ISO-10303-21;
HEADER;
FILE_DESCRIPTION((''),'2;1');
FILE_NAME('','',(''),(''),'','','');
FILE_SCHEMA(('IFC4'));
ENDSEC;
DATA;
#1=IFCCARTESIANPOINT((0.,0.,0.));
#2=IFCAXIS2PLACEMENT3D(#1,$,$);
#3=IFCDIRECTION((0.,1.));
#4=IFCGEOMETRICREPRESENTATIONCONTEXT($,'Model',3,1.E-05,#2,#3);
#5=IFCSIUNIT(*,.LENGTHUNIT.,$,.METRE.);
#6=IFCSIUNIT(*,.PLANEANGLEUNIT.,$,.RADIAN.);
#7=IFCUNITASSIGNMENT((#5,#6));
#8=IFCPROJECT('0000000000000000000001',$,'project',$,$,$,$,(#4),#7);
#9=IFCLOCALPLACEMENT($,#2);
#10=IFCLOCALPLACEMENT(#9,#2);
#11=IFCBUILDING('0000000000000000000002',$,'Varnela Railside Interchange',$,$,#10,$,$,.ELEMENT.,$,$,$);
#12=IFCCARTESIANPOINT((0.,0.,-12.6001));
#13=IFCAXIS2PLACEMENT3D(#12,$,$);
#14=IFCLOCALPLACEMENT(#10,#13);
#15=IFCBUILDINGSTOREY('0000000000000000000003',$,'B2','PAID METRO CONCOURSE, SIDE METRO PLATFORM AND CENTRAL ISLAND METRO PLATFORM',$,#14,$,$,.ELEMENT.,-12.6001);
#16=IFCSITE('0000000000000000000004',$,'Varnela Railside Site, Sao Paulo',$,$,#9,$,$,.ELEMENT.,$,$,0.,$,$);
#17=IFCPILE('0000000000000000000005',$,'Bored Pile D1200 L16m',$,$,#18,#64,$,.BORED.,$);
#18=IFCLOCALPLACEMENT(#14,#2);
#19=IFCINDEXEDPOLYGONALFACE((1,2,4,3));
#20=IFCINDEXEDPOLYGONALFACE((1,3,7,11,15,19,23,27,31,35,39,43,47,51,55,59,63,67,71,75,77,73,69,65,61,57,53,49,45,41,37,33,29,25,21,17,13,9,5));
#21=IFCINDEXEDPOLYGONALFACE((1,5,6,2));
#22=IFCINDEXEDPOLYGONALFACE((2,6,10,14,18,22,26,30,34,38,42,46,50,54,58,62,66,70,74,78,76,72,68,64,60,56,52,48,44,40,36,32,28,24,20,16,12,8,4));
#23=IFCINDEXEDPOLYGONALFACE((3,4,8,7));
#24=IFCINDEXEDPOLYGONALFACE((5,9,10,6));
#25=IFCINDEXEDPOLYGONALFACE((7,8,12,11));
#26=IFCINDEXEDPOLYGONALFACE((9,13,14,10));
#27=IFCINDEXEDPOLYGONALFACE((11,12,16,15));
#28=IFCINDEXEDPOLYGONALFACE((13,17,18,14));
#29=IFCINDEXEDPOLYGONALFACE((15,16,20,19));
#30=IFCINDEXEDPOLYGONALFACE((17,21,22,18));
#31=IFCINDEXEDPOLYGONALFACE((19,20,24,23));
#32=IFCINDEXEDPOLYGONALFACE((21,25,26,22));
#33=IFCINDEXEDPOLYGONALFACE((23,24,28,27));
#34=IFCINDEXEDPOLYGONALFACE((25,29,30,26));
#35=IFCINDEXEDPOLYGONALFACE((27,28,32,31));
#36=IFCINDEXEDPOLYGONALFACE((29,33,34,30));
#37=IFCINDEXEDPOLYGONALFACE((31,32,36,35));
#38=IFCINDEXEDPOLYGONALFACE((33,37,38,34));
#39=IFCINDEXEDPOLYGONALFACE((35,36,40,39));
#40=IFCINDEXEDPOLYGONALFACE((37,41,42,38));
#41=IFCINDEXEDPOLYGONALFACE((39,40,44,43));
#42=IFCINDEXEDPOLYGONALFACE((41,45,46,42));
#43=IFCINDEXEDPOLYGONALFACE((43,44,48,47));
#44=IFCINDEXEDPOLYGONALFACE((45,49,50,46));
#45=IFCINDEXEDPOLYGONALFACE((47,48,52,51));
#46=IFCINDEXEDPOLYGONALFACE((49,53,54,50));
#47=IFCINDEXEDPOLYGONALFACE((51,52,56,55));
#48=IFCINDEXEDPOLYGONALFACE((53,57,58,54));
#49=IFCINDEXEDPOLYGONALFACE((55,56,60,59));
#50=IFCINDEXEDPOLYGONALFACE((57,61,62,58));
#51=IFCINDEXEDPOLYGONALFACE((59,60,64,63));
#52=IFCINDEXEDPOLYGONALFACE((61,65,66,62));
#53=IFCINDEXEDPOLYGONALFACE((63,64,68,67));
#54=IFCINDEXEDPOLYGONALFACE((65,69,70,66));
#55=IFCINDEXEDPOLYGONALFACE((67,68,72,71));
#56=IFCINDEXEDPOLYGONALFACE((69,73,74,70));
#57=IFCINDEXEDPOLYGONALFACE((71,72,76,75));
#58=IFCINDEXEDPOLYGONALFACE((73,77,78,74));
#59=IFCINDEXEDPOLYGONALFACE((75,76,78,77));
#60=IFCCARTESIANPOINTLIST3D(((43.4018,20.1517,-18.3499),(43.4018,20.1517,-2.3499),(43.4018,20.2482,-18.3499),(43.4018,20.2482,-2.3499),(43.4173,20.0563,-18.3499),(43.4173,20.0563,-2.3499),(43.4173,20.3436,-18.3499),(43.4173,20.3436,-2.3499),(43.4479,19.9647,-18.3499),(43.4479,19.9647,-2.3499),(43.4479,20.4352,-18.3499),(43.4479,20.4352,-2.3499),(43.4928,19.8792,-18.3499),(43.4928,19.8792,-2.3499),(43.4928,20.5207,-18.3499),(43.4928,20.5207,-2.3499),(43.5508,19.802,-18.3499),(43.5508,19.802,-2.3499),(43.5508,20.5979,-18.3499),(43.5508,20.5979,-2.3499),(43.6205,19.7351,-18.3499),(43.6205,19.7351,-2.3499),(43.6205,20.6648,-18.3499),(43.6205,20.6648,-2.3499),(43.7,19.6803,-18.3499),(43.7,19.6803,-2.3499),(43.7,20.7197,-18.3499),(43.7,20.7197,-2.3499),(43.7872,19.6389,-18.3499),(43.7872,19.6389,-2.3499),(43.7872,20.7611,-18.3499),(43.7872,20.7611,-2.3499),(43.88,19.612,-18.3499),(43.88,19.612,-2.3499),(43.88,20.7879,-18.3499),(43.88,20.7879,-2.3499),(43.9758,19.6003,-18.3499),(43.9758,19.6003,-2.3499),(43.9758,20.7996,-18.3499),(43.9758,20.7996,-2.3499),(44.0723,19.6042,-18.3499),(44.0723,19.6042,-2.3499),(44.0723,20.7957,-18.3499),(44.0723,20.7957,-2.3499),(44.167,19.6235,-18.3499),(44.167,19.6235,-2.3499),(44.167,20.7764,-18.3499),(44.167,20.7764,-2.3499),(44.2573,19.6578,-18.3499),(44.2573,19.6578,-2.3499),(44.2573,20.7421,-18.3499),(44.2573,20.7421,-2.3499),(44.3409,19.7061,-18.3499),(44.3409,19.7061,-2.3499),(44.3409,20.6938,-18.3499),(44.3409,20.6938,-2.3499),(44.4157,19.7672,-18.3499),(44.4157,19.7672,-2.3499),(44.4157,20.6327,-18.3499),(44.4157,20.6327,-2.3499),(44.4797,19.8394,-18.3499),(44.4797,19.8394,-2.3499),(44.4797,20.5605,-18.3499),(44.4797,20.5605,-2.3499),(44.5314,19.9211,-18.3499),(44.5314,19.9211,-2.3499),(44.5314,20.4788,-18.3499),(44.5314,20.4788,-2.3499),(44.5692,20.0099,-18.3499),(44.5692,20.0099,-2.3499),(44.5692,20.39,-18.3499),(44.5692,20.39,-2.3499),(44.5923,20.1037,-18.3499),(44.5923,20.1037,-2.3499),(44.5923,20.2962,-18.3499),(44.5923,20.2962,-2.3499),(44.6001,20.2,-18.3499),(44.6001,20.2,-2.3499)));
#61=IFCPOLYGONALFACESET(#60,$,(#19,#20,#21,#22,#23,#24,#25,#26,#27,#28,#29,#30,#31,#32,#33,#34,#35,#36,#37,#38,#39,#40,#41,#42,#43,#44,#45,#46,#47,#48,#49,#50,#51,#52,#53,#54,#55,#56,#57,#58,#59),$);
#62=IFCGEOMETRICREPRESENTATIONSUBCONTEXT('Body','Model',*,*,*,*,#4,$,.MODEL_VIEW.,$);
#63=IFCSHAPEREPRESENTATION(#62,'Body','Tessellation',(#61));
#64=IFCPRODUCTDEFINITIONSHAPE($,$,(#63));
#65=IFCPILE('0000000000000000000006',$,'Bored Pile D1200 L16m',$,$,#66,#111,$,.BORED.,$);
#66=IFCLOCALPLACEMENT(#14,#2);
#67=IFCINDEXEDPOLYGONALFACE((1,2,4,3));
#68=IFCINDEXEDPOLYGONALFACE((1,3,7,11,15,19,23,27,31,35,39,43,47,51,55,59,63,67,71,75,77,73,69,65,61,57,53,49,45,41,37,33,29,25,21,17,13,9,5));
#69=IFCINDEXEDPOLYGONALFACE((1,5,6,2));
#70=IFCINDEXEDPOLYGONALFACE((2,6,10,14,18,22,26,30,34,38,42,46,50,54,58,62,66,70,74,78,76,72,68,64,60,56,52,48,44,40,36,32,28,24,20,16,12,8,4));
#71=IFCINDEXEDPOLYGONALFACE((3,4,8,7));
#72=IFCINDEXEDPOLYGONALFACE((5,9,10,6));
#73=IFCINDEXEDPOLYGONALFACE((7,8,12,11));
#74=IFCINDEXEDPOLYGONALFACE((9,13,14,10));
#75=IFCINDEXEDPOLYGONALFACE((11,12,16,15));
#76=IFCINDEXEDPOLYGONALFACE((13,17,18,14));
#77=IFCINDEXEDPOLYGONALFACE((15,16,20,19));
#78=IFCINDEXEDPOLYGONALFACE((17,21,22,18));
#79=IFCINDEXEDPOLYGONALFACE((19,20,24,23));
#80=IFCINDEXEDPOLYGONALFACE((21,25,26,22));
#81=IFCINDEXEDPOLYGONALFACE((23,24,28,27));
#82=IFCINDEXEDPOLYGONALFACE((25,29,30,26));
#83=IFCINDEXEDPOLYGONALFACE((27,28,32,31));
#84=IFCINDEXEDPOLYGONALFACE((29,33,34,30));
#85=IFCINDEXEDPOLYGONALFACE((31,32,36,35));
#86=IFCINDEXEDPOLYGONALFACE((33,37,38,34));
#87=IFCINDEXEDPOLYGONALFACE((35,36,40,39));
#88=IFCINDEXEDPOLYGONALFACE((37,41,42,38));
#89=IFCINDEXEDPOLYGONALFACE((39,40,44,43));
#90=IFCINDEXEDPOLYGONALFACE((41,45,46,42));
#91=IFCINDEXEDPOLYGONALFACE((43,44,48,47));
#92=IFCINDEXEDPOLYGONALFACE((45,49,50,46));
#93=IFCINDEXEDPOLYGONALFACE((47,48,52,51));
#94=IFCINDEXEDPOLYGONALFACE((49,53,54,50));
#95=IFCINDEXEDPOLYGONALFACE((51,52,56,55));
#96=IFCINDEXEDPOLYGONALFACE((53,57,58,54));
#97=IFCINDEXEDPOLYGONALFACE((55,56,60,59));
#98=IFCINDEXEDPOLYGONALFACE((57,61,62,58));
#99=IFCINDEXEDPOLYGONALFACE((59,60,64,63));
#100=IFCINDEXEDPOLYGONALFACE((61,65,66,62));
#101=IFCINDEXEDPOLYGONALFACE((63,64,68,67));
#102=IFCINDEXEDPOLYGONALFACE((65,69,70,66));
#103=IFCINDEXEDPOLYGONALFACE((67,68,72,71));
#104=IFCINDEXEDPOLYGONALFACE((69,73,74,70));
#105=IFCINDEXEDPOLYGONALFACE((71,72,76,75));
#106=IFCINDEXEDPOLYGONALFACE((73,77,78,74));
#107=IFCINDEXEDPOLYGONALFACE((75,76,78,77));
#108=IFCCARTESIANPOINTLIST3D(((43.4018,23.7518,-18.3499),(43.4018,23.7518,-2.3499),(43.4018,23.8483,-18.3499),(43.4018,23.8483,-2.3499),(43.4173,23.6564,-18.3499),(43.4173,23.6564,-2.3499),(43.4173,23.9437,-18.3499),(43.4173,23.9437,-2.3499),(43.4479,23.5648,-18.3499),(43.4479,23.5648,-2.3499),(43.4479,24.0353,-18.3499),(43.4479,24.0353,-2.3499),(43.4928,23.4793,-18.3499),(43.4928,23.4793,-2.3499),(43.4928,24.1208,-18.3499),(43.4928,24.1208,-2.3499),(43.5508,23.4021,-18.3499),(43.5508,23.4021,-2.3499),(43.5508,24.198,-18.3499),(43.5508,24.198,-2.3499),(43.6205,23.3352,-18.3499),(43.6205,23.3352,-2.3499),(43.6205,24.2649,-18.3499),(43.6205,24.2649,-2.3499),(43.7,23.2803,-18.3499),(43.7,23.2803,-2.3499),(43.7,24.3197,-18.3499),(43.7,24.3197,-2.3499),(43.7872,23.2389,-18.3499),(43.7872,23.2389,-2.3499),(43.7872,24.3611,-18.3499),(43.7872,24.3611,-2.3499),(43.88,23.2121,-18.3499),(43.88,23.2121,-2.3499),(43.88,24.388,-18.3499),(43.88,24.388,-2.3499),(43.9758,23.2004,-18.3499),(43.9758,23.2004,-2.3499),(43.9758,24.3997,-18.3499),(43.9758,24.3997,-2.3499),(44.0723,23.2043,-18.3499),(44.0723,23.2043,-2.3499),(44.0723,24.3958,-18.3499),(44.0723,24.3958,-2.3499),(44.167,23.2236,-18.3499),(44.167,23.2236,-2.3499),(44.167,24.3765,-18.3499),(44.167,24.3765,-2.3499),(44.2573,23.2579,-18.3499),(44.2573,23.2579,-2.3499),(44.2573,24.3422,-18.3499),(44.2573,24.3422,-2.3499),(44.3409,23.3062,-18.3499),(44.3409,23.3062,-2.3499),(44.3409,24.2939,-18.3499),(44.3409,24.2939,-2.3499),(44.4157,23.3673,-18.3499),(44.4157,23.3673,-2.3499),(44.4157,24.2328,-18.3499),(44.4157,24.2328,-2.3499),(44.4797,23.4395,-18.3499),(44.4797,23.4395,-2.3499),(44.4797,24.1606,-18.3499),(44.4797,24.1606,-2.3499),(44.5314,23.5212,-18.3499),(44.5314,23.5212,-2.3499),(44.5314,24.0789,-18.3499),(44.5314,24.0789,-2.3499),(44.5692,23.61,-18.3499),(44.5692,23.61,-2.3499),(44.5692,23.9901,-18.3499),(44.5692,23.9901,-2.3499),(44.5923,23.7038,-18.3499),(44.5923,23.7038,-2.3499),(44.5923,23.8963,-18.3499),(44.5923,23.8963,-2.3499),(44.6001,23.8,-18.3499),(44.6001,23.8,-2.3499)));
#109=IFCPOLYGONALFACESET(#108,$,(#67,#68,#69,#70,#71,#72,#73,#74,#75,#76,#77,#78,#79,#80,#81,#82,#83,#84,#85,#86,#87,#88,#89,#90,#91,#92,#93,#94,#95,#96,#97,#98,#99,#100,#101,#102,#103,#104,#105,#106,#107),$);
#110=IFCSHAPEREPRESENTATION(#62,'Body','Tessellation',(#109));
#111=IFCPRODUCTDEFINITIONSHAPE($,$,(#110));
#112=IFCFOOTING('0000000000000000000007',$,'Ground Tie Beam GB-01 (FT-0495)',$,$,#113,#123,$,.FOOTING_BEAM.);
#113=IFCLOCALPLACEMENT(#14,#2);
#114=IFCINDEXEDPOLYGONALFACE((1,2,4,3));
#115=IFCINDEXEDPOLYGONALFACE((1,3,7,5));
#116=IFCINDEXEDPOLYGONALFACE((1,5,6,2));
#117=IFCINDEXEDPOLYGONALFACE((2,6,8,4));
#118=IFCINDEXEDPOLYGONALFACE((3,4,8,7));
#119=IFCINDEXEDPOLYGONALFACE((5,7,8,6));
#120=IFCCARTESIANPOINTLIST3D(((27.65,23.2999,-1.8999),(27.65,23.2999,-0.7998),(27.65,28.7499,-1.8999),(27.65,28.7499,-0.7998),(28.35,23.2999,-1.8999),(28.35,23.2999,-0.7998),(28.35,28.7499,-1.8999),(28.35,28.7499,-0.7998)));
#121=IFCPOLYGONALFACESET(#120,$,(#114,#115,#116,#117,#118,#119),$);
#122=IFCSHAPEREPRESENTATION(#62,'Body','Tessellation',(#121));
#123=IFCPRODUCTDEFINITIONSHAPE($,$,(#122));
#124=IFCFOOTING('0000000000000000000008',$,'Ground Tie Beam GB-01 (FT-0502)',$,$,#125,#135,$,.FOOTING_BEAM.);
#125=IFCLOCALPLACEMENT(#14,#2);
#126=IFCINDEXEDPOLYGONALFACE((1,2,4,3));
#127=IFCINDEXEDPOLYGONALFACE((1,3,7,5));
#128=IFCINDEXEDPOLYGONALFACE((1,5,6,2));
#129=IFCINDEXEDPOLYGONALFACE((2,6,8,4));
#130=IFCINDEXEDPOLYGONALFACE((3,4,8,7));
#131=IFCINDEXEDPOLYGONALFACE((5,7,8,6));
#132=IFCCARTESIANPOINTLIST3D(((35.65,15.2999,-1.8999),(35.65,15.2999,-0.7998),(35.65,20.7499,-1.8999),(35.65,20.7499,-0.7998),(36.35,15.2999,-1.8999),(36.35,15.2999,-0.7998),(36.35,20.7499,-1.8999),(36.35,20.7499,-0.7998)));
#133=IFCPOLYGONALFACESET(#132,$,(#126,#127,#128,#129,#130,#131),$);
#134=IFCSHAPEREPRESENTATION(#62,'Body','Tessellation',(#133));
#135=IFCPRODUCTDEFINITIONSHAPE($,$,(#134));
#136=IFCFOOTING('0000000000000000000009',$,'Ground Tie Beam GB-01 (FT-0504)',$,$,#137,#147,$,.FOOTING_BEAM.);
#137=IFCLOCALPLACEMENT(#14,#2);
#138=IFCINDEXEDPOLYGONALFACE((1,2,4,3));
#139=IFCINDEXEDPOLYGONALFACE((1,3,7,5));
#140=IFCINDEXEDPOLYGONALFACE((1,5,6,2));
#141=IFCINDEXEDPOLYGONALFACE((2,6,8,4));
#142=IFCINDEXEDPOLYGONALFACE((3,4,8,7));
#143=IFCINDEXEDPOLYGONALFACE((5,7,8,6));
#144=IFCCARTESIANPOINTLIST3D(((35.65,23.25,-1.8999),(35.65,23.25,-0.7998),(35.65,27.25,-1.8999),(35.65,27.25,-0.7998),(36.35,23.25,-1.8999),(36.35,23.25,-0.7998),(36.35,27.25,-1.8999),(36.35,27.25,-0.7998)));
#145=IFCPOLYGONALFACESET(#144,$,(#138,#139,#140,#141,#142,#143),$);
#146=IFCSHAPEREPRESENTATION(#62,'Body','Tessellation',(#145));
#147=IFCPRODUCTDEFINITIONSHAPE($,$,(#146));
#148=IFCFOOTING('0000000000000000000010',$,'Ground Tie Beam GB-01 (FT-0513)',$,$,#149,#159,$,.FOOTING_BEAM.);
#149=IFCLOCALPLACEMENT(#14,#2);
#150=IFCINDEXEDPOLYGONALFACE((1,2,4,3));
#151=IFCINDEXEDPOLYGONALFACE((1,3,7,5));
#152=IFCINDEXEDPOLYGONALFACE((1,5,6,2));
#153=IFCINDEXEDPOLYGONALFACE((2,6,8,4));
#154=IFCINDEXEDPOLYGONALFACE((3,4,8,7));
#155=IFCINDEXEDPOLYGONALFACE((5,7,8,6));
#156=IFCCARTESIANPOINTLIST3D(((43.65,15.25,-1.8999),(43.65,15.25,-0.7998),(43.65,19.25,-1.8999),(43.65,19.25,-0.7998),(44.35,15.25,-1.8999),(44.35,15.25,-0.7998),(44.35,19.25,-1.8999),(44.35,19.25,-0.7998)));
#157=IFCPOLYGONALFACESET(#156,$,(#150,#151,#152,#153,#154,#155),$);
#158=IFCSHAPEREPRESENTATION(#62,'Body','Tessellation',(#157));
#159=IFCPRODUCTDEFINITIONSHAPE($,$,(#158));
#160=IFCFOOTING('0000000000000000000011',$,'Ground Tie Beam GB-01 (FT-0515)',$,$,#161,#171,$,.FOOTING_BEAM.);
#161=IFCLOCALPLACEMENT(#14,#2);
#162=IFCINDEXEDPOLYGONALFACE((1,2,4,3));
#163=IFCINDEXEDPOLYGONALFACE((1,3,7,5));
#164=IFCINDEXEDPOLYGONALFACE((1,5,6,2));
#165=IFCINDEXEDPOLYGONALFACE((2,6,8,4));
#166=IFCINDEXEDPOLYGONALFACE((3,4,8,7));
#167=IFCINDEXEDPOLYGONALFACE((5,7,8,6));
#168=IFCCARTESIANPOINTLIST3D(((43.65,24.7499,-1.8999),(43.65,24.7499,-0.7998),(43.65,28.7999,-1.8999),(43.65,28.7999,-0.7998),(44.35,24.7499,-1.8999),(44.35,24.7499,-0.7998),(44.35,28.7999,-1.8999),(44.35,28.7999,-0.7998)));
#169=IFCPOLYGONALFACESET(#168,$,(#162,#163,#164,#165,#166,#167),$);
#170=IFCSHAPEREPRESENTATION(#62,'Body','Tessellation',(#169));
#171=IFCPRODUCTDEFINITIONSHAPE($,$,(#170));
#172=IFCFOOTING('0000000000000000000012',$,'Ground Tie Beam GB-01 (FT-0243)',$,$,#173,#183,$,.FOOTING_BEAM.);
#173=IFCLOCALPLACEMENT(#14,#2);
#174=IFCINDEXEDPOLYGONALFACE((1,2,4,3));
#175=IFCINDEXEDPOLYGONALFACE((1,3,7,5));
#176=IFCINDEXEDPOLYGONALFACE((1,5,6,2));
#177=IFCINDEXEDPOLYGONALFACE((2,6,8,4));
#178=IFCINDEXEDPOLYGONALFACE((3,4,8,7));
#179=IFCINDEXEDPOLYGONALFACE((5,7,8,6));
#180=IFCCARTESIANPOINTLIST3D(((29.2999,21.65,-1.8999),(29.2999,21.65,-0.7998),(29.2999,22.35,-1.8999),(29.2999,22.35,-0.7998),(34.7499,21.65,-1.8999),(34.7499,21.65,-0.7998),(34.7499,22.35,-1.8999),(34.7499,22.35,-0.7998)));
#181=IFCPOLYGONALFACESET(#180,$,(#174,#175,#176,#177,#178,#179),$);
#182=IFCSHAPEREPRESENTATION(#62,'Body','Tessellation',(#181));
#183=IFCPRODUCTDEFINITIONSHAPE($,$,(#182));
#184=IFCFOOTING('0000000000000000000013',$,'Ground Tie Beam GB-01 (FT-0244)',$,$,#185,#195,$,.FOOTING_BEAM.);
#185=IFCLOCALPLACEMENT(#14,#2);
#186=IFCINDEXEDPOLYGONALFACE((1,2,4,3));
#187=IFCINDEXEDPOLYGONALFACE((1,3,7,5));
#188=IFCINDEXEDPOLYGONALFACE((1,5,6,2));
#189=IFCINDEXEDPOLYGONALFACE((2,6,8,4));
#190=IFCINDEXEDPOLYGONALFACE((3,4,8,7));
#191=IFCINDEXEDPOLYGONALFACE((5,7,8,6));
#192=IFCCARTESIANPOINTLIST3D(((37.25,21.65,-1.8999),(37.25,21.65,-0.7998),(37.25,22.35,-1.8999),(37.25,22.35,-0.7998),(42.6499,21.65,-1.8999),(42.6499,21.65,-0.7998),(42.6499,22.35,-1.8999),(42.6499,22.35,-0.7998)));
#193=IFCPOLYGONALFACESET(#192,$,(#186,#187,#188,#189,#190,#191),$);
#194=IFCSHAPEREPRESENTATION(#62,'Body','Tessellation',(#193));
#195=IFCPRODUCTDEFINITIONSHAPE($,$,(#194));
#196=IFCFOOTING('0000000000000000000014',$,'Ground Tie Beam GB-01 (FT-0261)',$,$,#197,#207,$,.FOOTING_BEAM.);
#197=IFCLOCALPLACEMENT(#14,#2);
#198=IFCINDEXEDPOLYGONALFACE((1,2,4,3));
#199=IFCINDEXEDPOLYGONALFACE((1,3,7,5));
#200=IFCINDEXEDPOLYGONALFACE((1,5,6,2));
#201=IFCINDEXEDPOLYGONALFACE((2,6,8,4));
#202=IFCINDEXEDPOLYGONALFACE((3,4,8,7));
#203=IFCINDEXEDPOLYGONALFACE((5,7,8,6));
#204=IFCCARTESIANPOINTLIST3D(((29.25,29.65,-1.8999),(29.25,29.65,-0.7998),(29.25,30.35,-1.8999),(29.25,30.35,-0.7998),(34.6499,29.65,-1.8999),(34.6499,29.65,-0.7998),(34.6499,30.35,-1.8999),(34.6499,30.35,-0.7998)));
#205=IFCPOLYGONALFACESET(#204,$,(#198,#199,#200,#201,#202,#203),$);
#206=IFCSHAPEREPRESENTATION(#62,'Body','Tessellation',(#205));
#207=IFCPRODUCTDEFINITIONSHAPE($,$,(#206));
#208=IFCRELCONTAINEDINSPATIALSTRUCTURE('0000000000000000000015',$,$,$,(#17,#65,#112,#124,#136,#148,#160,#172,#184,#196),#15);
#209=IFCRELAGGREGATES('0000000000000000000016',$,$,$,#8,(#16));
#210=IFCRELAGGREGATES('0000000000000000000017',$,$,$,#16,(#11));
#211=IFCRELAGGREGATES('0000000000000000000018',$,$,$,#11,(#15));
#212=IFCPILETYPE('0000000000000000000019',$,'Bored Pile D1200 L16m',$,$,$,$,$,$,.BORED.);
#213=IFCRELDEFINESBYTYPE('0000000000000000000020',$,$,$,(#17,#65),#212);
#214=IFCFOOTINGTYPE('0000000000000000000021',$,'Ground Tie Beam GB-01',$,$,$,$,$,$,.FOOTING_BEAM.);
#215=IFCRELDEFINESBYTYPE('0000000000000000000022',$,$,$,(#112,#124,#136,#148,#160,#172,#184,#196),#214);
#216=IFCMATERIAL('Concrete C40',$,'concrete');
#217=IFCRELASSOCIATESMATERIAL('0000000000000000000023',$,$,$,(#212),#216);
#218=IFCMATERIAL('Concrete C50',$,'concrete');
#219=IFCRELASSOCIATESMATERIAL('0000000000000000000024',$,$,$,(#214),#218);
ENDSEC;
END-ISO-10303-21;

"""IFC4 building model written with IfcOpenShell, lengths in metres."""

from ifc_helpers import new_model, si_unit, direction, frame, origin, origin_2d, place, context, subcontext, project, spatial, rectangle, circle, extrude, material, material_profile, profile_set, type_object, element, save


model = new_model("IFC4")

# Units and contexts
model_context = context("Model", 3, precision=1e-05, world=origin(), true_north=direction((0.0, 1.0)))
body_context = subcontext(model_context, "Body", "Model", "MODEL_VIEW")
ifc_project = project(units=[si_unit("LENGTHUNIT", "METRE"), si_unit("PLANEANGLEUNIT", "RADIAN")], contexts=[model_context])

# Site, building, storey
site_placement = place(None, origin())
site = spatial("IfcSite", under=ifc_project, at=site_placement, Name="Varnela Railside Site, Sao Paulo", CompositionType="ELEMENT", RefElevation=0.0)
building_placement = place(site_placement, origin())
building = spatial("IfcBuilding", under=site, at=building_placement, Name="Varnela Railside Interchange", CompositionType="ELEMENT")
storey_placement = place(building_placement, frame((0.0, 0.0, -12.6001)))
storey = spatial("IfcBuildingStorey", under=building, at=storey_placement, Name="B2", Description="PAID METRO CONCOURSE, SIDE METRO PLATFORM AND CENTRAL ISLAND METRO PLATFORM", CompositionType="ELEMENT", Elevation=-12.6001)

# Piles
ifc_material_1 = material(Name="Concrete C40", Category="concrete")
ifc_material_profile_1 = material_profile(ifc_material_1, circle(Radius=0.6001, at=origin_2d()), Name="BORED PILE D1200")
ifc_profile_set_1 = profile_set([ifc_material_profile_1], Name="Concrete C40")
pile_type_1 = type_object("IfcPileType", Name="Bored Pile D1200 L16m", PredefinedType="BORED", material=ifc_profile_set_1)
for number, where, z_axis, x_axis, name in (
    (1, (44.0, 20.2, -2.3499), (0.0, 0.0, -1.0), (1.0, 0.0, 0.0), "Bored Pile D1200 L16m"),
    (2, (44.0, 23.8, -2.3499), (0.0, 0.0, -1.0), (1.0, 0.0, 0.0), "Bored Pile D1200 L16m"),
):
    element("IfcPile", number, at=place(storey_placement, frame(where, z_axis=z_axis, x_axis=x_axis)), inside=storey, type_object=pile_type_1, Name=name, PredefinedType="BORED", context=body_context, shape_type="SweptSolid", body=[
        extrude(circle(Radius=0.6001, at=origin_2d()), origin(), (0.0, 0.0, 1.0), 16.0),
    ])

# Footings
ifc_material_2 = material(Name="Concrete C50", Category="concrete")
footing_type_1 = type_object("IfcFootingType", Name="Ground Tie Beam GB-01", PredefinedType="FOOTING_BEAM", material=ifc_material_2)
for number, where, z_axis, x_axis, name in (
    (3, (28.0, 26.0249, -1.8999), (0.0, 0.0, 1.0), (1.0, 0.0, 0.0), "Ground Tie Beam GB-01 (FT-0495)"),
    (4, (36.0, 18.0249, -1.8999), (0.0, 0.0, 1.0), (1.0, 0.0, 0.0), "Ground Tie Beam GB-01 (FT-0502)"),
):
    element("IfcFooting", number, at=place(storey_placement, frame(where, z_axis=z_axis, x_axis=x_axis)), inside=storey, type_object=footing_type_1, Name=name, PredefinedType="FOOTING_BEAM", context=body_context, shape_type="SweptSolid", body=[
        extrude(rectangle(XDim=0.7, YDim=5.45, at=origin_2d()), origin(), (0.0, 0.0, 1.0), 1.1001),
    ])
for number, where, z_axis, x_axis, name in (
    (5, (36.0, 25.25, -1.8999), (0.0, 0.0, 1.0), (1.0, 0.0, 0.0), "Ground Tie Beam GB-01 (FT-0504)"),
    (6, (44.0, 17.25, -1.8999), (0.0, 0.0, 1.0), (1.0, 0.0, 0.0), "Ground Tie Beam GB-01 (FT-0513)"),
):
    element("IfcFooting", number, at=place(storey_placement, frame(where, z_axis=z_axis, x_axis=x_axis)), inside=storey, type_object=footing_type_1, Name=name, PredefinedType="FOOTING_BEAM", context=body_context, shape_type="SweptSolid", body=[
        extrude(rectangle(XDim=0.7, YDim=4.0, at=origin_2d()), origin(), (0.0, 0.0, 1.0), 1.1001),
    ])
footing_1_placement = place(storey_placement, frame((44.0, 26.7749, -1.8999), z_axis=(0.0, 0.0, 1.0), x_axis=(1.0, 0.0, 0.0)))
element("IfcFooting", 7, at=footing_1_placement, inside=storey, type_object=footing_type_1, Name="Ground Tie Beam GB-01 (FT-0515)", PredefinedType="FOOTING_BEAM", context=body_context, shape_type="SweptSolid", body=[
    extrude(rectangle(XDim=0.7, YDim=4.05, at=origin_2d()), origin(), (0.0, 0.0, 1.0), 1.1001),
])
footing_2_placement = place(storey_placement, frame((32.0249, 22.0, -1.8999), z_axis=(0.0, 0.0, 1.0), x_axis=(1.0, 0.0, 0.0)))
element("IfcFooting", 8, at=footing_2_placement, inside=storey, type_object=footing_type_1, Name="Ground Tie Beam GB-01 (FT-0243)", PredefinedType="FOOTING_BEAM", context=body_context, shape_type="SweptSolid", body=[
    extrude(rectangle(XDim=5.45, YDim=0.7, at=origin_2d()), origin(), (0.0, 0.0, 1.0), 1.1001),
])
for number, where, z_axis, x_axis, name in (
    (9, (39.95, 22.0, -1.8999), (0.0, 0.0, 1.0), (1.0, 0.0, 0.0), "Ground Tie Beam GB-01 (FT-0244)"),
    (10, (31.95, 30.0, -1.8999), (0.0, 0.0, 1.0), (1.0, 0.0, 0.0), "Ground Tie Beam GB-01 (FT-0261)"),
):
    element("IfcFooting", number, at=place(storey_placement, frame(where, z_axis=z_axis, x_axis=x_axis)), inside=storey, type_object=footing_type_1, Name=name, PredefinedType="FOOTING_BEAM", context=body_context, shape_type="SweptSolid", body=[
        extrude(rectangle(XDim=5.3999, YDim=0.7, at=origin_2d()), origin(), (0.0, 0.0, 1.0), 1.1001),
    ])

save(model, "model.ifc")
